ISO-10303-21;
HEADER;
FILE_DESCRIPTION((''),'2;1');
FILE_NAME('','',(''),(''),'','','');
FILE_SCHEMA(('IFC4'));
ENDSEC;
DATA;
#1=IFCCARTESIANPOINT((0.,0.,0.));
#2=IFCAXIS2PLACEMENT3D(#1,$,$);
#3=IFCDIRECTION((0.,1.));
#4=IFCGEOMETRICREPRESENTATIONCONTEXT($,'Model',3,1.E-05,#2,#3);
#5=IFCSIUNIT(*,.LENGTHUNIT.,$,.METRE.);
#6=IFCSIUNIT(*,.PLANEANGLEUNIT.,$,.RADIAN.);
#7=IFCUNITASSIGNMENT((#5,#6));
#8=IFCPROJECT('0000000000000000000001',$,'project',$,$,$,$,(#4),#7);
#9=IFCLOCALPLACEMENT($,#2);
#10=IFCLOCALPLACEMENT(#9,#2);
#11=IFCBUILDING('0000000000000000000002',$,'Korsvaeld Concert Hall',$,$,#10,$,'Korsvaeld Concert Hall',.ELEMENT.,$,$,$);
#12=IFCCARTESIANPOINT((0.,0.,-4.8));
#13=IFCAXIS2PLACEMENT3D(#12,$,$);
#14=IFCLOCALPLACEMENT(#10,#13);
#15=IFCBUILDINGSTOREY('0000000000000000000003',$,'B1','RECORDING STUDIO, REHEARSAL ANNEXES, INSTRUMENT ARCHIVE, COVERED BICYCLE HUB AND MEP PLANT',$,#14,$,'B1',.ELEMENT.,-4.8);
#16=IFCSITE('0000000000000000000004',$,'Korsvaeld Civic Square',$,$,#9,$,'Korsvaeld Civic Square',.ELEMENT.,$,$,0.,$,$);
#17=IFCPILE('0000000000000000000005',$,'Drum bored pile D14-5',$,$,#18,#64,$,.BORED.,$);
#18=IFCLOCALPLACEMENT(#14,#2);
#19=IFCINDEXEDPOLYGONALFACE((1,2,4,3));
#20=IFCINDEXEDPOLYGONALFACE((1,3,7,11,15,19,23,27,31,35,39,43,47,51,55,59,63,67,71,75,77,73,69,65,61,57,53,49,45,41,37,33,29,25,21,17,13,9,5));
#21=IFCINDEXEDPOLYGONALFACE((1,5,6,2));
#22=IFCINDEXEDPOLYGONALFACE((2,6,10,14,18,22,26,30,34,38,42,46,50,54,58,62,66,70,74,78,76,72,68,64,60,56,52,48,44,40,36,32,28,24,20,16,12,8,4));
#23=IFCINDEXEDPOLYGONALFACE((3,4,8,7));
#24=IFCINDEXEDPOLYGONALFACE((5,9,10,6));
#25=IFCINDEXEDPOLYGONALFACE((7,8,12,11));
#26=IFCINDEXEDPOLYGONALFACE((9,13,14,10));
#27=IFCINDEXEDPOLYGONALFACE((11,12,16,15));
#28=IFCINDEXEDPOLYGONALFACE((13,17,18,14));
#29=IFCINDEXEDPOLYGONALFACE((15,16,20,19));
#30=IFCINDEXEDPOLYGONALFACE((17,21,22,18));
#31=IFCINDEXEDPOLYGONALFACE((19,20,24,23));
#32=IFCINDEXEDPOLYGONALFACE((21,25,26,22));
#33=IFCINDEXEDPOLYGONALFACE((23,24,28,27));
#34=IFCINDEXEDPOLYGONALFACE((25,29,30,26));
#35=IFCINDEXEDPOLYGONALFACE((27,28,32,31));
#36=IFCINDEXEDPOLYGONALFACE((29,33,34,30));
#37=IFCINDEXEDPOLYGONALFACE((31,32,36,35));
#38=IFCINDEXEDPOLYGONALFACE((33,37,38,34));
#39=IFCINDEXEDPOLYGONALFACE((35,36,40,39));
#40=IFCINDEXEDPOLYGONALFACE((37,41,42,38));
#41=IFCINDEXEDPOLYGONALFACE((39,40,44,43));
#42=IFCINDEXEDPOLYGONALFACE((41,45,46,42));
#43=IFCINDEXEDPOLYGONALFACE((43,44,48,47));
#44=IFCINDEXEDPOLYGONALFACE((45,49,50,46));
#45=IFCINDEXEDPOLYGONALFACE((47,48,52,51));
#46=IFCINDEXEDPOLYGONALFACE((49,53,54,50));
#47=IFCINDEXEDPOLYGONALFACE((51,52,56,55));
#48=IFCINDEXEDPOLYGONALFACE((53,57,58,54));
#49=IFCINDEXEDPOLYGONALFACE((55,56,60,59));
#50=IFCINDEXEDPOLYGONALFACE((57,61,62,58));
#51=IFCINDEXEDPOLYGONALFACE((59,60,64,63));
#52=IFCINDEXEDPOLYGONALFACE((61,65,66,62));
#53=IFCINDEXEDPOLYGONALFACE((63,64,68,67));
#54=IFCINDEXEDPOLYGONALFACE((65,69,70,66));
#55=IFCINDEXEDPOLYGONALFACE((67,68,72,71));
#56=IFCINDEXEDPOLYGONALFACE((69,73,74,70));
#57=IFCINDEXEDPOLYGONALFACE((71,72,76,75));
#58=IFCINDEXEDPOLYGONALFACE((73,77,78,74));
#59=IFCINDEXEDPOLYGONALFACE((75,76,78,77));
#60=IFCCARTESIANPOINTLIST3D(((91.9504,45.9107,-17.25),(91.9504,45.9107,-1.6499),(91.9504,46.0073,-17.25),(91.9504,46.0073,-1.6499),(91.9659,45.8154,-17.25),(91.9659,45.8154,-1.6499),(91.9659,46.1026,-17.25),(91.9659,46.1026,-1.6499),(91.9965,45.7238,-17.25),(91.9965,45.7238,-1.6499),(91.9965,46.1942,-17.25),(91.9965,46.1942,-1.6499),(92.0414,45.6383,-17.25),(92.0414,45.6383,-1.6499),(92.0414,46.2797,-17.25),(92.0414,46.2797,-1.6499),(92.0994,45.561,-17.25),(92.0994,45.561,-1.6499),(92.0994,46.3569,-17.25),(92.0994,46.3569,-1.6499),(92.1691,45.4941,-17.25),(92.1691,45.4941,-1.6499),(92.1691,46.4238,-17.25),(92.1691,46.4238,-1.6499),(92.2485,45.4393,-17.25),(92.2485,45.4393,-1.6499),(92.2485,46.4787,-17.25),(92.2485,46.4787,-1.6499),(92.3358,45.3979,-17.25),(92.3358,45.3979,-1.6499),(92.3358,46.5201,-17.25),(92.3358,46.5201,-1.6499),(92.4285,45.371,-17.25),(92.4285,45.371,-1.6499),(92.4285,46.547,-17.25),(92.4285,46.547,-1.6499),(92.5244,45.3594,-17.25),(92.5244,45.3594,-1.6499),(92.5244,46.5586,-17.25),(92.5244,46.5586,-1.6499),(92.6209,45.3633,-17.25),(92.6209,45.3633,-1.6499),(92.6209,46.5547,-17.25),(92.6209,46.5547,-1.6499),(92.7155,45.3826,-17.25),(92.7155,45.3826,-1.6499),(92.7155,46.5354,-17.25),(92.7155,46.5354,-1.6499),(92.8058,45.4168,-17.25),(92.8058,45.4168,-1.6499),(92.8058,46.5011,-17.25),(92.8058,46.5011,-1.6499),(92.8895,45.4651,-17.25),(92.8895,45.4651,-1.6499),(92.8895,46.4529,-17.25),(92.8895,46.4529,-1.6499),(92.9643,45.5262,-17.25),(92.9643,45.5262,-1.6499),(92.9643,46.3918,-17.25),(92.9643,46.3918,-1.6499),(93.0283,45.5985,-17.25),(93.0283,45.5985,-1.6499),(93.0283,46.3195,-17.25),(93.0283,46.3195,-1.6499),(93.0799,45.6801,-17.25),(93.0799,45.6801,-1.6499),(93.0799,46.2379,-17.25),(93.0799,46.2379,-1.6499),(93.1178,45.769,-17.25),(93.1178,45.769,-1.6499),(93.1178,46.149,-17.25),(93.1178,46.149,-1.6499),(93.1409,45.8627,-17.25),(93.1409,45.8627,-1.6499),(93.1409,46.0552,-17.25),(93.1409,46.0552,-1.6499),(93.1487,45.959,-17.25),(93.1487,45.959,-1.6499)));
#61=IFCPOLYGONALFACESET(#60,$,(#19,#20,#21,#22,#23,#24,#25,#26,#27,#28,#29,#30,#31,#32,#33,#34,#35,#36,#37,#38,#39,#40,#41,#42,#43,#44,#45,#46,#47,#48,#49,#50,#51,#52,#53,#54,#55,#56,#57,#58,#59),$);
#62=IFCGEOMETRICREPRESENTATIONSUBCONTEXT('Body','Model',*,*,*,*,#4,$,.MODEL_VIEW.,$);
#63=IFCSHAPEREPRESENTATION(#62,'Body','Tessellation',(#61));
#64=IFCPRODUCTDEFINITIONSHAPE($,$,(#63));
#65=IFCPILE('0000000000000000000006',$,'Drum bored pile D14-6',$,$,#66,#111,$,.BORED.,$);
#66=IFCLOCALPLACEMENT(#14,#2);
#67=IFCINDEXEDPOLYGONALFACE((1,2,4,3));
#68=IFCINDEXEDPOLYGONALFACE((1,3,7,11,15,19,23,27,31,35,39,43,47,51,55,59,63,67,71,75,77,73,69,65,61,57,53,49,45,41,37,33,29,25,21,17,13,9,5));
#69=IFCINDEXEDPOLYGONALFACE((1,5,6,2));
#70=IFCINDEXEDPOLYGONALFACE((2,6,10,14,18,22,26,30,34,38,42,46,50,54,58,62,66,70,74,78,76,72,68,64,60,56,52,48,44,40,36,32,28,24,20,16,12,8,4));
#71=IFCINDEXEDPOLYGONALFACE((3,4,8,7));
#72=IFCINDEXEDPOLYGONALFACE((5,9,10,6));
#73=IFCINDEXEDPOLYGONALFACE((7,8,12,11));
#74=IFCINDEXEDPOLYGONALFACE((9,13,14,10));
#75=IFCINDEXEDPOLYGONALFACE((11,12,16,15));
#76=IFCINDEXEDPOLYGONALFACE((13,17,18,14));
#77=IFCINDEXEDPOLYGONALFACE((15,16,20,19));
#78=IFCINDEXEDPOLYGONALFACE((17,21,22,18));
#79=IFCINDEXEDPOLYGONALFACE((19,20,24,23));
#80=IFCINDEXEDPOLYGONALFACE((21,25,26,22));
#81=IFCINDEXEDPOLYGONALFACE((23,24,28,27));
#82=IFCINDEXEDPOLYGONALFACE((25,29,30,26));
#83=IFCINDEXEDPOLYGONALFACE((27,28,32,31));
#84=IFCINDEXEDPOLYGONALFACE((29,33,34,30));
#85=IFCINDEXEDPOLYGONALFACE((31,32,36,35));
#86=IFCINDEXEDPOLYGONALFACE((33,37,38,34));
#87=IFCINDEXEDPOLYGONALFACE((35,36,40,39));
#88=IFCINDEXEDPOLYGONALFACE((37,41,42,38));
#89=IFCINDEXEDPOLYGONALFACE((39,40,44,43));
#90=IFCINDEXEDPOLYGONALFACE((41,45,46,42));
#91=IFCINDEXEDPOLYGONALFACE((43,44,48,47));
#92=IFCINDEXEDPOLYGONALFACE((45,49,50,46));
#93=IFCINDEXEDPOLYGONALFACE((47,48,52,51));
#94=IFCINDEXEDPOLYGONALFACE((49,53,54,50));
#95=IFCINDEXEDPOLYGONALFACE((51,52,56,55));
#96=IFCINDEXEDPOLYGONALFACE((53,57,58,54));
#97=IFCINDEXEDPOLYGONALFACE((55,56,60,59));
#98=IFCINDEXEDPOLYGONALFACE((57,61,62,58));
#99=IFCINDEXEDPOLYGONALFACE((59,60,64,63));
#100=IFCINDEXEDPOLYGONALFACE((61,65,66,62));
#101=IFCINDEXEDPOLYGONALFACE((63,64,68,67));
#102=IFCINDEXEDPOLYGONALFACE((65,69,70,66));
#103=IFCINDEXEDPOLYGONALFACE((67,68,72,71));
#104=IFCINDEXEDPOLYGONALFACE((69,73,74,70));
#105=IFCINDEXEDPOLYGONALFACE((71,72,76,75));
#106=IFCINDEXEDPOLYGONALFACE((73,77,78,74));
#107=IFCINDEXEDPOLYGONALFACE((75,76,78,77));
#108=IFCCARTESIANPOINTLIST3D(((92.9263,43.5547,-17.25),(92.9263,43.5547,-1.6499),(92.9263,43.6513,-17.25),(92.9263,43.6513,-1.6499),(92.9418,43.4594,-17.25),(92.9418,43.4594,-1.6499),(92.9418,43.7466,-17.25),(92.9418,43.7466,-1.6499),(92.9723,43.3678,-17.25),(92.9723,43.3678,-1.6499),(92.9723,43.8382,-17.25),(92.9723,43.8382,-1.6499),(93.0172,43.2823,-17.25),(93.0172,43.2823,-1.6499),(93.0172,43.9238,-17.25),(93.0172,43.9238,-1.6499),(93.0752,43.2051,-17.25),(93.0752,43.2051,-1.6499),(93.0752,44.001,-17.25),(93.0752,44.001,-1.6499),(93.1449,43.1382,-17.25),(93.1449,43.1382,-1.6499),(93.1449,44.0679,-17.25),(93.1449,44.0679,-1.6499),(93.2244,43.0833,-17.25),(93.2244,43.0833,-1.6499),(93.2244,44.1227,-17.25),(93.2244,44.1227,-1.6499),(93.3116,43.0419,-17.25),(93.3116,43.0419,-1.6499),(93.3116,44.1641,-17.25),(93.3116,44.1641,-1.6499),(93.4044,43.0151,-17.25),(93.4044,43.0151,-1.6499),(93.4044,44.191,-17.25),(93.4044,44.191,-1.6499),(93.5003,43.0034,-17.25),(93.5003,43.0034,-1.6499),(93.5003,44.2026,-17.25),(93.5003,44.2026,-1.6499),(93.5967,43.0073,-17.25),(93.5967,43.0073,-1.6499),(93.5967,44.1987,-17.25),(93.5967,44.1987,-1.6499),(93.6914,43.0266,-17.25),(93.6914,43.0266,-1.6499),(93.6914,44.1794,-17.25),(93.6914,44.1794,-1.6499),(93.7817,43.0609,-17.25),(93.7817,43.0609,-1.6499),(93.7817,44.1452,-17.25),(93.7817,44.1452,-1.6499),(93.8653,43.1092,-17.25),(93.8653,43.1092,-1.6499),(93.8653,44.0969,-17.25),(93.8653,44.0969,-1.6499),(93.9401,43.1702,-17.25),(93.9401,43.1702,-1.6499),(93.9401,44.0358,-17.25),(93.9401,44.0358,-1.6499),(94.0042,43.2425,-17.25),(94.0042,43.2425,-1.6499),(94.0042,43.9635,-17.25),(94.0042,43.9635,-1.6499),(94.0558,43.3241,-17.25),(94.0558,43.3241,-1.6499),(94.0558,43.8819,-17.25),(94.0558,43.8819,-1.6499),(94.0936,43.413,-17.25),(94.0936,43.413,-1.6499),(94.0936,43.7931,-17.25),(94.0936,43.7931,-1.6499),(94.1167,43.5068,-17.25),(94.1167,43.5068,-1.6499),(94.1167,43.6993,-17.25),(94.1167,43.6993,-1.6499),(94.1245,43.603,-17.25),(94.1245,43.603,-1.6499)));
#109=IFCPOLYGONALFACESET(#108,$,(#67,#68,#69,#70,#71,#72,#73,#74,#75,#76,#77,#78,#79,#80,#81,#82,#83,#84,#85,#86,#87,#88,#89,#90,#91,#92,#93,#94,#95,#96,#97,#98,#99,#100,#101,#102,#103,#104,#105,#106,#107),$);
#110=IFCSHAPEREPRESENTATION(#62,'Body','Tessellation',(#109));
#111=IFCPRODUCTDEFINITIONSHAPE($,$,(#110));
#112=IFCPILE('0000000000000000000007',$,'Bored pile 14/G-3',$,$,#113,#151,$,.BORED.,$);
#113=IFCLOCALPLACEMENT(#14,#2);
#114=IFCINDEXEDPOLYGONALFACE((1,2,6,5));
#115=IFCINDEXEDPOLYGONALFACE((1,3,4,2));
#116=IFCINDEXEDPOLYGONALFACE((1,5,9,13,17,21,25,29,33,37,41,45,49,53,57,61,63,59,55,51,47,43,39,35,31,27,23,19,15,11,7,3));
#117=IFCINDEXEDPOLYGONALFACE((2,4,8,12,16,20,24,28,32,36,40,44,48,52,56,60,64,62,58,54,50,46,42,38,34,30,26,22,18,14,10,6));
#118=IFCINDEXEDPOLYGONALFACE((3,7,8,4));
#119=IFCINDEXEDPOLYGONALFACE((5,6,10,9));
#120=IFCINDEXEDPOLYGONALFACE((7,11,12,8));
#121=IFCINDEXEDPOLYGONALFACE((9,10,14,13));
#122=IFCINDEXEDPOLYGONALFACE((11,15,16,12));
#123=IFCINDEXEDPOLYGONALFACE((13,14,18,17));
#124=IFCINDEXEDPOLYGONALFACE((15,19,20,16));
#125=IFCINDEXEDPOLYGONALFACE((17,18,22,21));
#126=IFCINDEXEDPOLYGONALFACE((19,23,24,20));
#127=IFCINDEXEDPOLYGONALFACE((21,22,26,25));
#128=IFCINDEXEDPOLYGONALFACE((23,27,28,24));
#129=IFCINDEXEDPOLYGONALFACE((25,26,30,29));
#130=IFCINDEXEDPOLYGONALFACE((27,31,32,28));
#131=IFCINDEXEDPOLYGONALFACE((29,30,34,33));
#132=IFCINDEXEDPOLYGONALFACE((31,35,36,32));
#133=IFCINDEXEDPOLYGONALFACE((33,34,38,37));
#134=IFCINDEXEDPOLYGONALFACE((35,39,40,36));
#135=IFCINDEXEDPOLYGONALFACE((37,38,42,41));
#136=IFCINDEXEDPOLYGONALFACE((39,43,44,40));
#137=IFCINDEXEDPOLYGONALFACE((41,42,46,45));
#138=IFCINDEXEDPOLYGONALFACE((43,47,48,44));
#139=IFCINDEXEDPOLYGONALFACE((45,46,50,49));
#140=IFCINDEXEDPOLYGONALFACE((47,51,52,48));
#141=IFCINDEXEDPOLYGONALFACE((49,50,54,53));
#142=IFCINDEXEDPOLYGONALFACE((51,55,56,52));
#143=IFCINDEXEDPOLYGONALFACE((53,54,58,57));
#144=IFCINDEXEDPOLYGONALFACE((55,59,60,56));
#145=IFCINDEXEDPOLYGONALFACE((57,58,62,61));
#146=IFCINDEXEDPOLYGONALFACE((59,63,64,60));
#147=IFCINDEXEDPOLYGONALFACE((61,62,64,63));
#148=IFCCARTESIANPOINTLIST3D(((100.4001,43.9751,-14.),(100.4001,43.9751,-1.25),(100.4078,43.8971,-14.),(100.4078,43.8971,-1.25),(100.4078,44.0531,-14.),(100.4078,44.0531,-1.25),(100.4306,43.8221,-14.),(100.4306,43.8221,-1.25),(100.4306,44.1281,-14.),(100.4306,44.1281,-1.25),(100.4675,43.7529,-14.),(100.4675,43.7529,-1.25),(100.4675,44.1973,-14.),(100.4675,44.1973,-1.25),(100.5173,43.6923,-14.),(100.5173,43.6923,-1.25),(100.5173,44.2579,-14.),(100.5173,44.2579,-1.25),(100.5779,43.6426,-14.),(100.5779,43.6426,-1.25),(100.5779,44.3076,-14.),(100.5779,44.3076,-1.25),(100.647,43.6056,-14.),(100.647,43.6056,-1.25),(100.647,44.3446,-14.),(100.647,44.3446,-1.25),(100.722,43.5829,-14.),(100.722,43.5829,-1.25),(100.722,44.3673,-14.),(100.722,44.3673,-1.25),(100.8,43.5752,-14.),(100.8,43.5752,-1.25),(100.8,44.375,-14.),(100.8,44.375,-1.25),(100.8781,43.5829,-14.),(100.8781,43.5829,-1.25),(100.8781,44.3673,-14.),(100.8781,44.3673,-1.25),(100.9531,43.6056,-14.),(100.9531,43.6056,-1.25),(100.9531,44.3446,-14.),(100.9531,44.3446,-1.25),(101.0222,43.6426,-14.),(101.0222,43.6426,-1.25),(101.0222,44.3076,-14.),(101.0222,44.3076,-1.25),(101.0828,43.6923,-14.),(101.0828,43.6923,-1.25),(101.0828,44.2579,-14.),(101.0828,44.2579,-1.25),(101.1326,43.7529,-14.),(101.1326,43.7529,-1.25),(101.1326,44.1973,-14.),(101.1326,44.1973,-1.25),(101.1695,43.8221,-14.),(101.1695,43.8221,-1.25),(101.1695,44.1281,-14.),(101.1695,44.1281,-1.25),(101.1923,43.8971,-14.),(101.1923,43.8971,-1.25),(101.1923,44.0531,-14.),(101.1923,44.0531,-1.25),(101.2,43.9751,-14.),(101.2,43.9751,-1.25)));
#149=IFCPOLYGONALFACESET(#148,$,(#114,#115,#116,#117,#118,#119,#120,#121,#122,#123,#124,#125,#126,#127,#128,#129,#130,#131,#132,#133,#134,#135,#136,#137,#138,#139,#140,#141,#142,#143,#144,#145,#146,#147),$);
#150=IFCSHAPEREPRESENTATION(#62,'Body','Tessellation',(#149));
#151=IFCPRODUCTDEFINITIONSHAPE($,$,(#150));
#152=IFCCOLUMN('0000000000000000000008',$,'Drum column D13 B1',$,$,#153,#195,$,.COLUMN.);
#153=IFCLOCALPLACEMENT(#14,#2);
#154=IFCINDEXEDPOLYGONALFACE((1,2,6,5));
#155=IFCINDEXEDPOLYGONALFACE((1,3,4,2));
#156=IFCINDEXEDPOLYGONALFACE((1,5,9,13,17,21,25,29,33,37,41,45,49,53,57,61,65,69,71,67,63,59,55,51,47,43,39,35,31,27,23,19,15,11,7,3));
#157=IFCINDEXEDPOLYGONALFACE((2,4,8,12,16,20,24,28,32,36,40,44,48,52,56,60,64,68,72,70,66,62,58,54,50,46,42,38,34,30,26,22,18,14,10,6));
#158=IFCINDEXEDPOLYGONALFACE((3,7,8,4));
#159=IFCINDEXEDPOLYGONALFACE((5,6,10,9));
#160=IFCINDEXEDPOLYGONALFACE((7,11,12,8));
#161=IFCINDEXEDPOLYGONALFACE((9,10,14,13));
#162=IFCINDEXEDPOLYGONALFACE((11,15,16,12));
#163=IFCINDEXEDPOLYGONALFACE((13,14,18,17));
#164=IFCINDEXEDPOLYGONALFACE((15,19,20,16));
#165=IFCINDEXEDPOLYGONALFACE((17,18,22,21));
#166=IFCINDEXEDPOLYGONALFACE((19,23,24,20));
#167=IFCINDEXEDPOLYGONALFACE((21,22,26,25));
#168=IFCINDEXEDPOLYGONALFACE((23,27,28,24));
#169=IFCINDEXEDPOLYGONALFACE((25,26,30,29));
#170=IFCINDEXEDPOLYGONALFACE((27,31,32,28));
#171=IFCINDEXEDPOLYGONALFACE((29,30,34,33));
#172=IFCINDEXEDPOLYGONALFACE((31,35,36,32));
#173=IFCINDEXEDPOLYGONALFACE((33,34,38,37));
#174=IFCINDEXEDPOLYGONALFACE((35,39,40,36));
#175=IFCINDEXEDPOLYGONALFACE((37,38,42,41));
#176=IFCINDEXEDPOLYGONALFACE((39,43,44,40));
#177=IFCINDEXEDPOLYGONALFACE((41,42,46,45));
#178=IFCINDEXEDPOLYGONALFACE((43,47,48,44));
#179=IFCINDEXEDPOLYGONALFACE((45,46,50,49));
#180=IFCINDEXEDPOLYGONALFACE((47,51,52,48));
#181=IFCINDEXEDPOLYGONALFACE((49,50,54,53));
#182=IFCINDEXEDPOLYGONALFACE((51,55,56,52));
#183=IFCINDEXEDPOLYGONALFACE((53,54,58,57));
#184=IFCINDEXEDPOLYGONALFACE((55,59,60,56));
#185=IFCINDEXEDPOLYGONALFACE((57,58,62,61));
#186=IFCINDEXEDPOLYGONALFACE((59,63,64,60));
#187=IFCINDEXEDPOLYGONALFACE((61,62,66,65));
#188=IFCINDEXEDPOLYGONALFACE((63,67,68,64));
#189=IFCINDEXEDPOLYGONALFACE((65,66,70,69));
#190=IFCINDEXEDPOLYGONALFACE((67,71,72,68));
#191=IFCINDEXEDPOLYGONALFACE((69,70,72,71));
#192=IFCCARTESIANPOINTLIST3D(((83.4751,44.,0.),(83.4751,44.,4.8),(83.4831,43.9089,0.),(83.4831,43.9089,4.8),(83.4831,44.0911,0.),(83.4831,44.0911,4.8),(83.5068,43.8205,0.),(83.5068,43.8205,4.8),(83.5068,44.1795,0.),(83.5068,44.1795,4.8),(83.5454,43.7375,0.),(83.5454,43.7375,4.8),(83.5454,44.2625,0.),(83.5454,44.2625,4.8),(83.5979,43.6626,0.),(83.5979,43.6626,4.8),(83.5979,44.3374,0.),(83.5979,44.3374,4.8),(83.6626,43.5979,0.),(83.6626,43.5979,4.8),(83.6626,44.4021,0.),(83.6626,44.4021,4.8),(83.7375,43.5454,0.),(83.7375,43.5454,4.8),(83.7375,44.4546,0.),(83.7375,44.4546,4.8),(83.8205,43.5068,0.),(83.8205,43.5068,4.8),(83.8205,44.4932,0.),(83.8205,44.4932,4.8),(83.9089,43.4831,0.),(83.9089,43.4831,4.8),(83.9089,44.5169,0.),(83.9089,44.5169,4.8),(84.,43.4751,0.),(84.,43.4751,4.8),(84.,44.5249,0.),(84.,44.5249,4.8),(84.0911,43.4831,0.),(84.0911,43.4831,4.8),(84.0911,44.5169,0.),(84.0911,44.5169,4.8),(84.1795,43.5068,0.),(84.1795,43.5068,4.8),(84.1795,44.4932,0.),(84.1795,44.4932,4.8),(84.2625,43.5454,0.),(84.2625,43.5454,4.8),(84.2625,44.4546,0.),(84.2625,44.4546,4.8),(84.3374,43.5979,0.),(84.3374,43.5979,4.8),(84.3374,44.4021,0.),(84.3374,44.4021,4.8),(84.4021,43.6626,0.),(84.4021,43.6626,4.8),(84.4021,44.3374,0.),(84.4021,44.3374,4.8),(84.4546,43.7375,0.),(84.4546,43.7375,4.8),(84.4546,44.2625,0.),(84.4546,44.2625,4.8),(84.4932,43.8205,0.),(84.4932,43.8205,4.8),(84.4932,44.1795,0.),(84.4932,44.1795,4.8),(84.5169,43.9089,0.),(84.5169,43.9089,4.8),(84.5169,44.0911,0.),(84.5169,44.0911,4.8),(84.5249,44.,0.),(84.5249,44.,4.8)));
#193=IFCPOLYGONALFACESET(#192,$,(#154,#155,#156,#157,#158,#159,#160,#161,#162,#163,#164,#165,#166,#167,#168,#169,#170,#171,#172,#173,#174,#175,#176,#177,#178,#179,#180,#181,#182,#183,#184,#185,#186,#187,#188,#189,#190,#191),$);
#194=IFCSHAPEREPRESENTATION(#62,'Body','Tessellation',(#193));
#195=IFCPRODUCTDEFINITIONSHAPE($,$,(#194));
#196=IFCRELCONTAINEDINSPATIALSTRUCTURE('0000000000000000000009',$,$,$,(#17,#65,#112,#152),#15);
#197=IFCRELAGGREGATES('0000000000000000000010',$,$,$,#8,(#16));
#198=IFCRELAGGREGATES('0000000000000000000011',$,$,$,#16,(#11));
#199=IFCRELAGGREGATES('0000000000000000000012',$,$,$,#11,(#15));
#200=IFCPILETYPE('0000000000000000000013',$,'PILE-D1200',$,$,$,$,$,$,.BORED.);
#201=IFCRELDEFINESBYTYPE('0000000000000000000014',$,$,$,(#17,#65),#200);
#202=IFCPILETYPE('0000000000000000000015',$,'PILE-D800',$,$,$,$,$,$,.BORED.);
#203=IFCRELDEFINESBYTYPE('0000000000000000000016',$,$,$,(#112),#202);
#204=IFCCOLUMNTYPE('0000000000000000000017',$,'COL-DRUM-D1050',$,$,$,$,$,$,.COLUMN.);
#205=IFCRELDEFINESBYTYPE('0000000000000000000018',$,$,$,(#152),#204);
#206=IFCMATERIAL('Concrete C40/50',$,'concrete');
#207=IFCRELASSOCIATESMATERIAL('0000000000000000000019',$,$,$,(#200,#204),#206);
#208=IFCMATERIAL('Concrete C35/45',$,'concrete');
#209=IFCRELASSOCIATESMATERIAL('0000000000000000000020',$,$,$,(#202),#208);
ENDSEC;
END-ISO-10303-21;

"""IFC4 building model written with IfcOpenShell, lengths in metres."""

from ifc_helpers import new_model, si_unit, direction, frame, origin, origin_2d, place, context, subcontext, project, spatial, circle, extrude, material, material_profile, profile_set, type_object, element, save


model = new_model("IFC4")

# Units and contexts
model_context = context("Model", 3, precision=1e-05, world=origin(), true_north=direction((0.0, 1.0)))
body_context = subcontext(model_context, "Body", "Model", "MODEL_VIEW")
ifc_project = project(units=[si_unit("LENGTHUNIT", "METRE"), si_unit("PLANEANGLEUNIT", "RADIAN")], contexts=[model_context])

# Site, building, storey
site_placement = place(None, origin())
site = spatial("IfcSite", under=ifc_project, at=site_placement, Name="Korsvaeld Civic Square", LongName="Korsvaeld Civic Square", CompositionType="ELEMENT", RefElevation=0.0)
building_placement = place(site_placement, origin())
building = spatial("IfcBuilding", under=site, at=building_placement, Name="Korsvaeld Concert Hall", LongName="Korsvaeld Concert Hall", CompositionType="ELEMENT")
storey_placement = place(building_placement, frame((0.0, 0.0, -4.8)))
storey = spatial("IfcBuildingStorey", under=building, at=storey_placement, Name="B1", Description="RECORDING STUDIO, REHEARSAL ANNEXES, INSTRUMENT ARCHIVE, COVERED BICYCLE HUB AND MEP PLANT", LongName="B1", CompositionType="ELEMENT", Elevation=-4.8)

# Shared definitions
ifc_material_1 = material(Name="Concrete C35/45", Category="concrete")

# Piles
ifc_material_2 = material(Name="Concrete C40/50", Category="concrete")
ifc_material_profile_1 = material_profile(ifc_material_2, circle(Radius=0.6001, at=origin_2d()), Name="BORED PILE D1200")
ifc_profile_set_1 = profile_set([ifc_material_profile_1], Name="Concrete C40/50")
pile_type_1 = type_object("IfcPileType", Name="PILE-D1200", PredefinedType="BORED", material=ifc_profile_set_1)
for number, where, z_axis, x_axis, name in (
    (1, (92.5486, 45.959, -1.6499), (0.0, 0.0, -1.0), (1.0, 0.0, 0.0), "Drum bored pile D14-5"),
    (2, (93.5244, 43.603, -1.6499), (0.0, 0.0, -1.0), (1.0, 0.0, 0.0), "Drum bored pile D14-6"),
):
    element("IfcPile", number, at=place(storey_placement, frame(where, z_axis=z_axis, x_axis=x_axis)), inside=storey, type_object=pile_type_1, Name=name, PredefinedType="BORED", context=body_context, shape_type="SweptSolid", body=[
        extrude(circle(Radius=0.6001, at=origin_2d()), origin(), (0.0, 0.0, 1.0), 15.6001),
    ])
ifc_material_profile_2 = material_profile(ifc_material_1, circle(Radius=0.3999, at=origin_2d()), Name="BORED PILE D800")
ifc_profile_set_2 = profile_set([ifc_material_profile_2], Name="Concrete C35/45")
pile_type_2 = type_object("IfcPileType", Name="PILE-D800", PredefinedType="BORED", material=ifc_profile_set_2)
pile_placement = place(storey_placement, frame((100.8, 43.9751, -1.25), z_axis=(0.0, 0.0, -1.0), x_axis=(1.0, 0.0, 0.0)))
element("IfcPile", 3, at=pile_placement, inside=storey, type_object=pile_type_2, Name="Bored pile 14/G-3", PredefinedType="BORED", context=body_context, shape_type="SweptSolid", body=[
    extrude(circle(Radius=0.3999, at=origin_2d()), origin(), (0.0, 0.0, 1.0), 12.75),
])

# Column
ifc_material_profile_3 = material_profile(ifc_material_2, circle(Radius=0.5249, at=origin_2d()), Name="RC D1050")
ifc_profile_set_3 = profile_set([ifc_material_profile_3], Name="Concrete C40/50")
column_type = type_object("IfcColumnType", Name="COL-DRUM-D1050", PredefinedType="COLUMN", material=ifc_profile_set_3)
for number, where, z_axis, x_axis, name in (
    (4, (84.0, 44.0, 0.0), (0.0, 0.0, 1.0), (1.0, 0.0, 0.0), "Drum column D13 B1"),
):
    element("IfcColumn", number, at=place(storey_placement, frame(where, z_axis=z_axis, x_axis=x_axis)), inside=storey, type_object=column_type, Name=name, PredefinedType="COLUMN", context=body_context, shape_type="SweptSolid", body=[
        extrude(circle(Radius=0.5249, at=origin_2d()), origin(), (0.0, 0.0, 1.0), 4.8),
    ])

save(model, "model.ifc")
